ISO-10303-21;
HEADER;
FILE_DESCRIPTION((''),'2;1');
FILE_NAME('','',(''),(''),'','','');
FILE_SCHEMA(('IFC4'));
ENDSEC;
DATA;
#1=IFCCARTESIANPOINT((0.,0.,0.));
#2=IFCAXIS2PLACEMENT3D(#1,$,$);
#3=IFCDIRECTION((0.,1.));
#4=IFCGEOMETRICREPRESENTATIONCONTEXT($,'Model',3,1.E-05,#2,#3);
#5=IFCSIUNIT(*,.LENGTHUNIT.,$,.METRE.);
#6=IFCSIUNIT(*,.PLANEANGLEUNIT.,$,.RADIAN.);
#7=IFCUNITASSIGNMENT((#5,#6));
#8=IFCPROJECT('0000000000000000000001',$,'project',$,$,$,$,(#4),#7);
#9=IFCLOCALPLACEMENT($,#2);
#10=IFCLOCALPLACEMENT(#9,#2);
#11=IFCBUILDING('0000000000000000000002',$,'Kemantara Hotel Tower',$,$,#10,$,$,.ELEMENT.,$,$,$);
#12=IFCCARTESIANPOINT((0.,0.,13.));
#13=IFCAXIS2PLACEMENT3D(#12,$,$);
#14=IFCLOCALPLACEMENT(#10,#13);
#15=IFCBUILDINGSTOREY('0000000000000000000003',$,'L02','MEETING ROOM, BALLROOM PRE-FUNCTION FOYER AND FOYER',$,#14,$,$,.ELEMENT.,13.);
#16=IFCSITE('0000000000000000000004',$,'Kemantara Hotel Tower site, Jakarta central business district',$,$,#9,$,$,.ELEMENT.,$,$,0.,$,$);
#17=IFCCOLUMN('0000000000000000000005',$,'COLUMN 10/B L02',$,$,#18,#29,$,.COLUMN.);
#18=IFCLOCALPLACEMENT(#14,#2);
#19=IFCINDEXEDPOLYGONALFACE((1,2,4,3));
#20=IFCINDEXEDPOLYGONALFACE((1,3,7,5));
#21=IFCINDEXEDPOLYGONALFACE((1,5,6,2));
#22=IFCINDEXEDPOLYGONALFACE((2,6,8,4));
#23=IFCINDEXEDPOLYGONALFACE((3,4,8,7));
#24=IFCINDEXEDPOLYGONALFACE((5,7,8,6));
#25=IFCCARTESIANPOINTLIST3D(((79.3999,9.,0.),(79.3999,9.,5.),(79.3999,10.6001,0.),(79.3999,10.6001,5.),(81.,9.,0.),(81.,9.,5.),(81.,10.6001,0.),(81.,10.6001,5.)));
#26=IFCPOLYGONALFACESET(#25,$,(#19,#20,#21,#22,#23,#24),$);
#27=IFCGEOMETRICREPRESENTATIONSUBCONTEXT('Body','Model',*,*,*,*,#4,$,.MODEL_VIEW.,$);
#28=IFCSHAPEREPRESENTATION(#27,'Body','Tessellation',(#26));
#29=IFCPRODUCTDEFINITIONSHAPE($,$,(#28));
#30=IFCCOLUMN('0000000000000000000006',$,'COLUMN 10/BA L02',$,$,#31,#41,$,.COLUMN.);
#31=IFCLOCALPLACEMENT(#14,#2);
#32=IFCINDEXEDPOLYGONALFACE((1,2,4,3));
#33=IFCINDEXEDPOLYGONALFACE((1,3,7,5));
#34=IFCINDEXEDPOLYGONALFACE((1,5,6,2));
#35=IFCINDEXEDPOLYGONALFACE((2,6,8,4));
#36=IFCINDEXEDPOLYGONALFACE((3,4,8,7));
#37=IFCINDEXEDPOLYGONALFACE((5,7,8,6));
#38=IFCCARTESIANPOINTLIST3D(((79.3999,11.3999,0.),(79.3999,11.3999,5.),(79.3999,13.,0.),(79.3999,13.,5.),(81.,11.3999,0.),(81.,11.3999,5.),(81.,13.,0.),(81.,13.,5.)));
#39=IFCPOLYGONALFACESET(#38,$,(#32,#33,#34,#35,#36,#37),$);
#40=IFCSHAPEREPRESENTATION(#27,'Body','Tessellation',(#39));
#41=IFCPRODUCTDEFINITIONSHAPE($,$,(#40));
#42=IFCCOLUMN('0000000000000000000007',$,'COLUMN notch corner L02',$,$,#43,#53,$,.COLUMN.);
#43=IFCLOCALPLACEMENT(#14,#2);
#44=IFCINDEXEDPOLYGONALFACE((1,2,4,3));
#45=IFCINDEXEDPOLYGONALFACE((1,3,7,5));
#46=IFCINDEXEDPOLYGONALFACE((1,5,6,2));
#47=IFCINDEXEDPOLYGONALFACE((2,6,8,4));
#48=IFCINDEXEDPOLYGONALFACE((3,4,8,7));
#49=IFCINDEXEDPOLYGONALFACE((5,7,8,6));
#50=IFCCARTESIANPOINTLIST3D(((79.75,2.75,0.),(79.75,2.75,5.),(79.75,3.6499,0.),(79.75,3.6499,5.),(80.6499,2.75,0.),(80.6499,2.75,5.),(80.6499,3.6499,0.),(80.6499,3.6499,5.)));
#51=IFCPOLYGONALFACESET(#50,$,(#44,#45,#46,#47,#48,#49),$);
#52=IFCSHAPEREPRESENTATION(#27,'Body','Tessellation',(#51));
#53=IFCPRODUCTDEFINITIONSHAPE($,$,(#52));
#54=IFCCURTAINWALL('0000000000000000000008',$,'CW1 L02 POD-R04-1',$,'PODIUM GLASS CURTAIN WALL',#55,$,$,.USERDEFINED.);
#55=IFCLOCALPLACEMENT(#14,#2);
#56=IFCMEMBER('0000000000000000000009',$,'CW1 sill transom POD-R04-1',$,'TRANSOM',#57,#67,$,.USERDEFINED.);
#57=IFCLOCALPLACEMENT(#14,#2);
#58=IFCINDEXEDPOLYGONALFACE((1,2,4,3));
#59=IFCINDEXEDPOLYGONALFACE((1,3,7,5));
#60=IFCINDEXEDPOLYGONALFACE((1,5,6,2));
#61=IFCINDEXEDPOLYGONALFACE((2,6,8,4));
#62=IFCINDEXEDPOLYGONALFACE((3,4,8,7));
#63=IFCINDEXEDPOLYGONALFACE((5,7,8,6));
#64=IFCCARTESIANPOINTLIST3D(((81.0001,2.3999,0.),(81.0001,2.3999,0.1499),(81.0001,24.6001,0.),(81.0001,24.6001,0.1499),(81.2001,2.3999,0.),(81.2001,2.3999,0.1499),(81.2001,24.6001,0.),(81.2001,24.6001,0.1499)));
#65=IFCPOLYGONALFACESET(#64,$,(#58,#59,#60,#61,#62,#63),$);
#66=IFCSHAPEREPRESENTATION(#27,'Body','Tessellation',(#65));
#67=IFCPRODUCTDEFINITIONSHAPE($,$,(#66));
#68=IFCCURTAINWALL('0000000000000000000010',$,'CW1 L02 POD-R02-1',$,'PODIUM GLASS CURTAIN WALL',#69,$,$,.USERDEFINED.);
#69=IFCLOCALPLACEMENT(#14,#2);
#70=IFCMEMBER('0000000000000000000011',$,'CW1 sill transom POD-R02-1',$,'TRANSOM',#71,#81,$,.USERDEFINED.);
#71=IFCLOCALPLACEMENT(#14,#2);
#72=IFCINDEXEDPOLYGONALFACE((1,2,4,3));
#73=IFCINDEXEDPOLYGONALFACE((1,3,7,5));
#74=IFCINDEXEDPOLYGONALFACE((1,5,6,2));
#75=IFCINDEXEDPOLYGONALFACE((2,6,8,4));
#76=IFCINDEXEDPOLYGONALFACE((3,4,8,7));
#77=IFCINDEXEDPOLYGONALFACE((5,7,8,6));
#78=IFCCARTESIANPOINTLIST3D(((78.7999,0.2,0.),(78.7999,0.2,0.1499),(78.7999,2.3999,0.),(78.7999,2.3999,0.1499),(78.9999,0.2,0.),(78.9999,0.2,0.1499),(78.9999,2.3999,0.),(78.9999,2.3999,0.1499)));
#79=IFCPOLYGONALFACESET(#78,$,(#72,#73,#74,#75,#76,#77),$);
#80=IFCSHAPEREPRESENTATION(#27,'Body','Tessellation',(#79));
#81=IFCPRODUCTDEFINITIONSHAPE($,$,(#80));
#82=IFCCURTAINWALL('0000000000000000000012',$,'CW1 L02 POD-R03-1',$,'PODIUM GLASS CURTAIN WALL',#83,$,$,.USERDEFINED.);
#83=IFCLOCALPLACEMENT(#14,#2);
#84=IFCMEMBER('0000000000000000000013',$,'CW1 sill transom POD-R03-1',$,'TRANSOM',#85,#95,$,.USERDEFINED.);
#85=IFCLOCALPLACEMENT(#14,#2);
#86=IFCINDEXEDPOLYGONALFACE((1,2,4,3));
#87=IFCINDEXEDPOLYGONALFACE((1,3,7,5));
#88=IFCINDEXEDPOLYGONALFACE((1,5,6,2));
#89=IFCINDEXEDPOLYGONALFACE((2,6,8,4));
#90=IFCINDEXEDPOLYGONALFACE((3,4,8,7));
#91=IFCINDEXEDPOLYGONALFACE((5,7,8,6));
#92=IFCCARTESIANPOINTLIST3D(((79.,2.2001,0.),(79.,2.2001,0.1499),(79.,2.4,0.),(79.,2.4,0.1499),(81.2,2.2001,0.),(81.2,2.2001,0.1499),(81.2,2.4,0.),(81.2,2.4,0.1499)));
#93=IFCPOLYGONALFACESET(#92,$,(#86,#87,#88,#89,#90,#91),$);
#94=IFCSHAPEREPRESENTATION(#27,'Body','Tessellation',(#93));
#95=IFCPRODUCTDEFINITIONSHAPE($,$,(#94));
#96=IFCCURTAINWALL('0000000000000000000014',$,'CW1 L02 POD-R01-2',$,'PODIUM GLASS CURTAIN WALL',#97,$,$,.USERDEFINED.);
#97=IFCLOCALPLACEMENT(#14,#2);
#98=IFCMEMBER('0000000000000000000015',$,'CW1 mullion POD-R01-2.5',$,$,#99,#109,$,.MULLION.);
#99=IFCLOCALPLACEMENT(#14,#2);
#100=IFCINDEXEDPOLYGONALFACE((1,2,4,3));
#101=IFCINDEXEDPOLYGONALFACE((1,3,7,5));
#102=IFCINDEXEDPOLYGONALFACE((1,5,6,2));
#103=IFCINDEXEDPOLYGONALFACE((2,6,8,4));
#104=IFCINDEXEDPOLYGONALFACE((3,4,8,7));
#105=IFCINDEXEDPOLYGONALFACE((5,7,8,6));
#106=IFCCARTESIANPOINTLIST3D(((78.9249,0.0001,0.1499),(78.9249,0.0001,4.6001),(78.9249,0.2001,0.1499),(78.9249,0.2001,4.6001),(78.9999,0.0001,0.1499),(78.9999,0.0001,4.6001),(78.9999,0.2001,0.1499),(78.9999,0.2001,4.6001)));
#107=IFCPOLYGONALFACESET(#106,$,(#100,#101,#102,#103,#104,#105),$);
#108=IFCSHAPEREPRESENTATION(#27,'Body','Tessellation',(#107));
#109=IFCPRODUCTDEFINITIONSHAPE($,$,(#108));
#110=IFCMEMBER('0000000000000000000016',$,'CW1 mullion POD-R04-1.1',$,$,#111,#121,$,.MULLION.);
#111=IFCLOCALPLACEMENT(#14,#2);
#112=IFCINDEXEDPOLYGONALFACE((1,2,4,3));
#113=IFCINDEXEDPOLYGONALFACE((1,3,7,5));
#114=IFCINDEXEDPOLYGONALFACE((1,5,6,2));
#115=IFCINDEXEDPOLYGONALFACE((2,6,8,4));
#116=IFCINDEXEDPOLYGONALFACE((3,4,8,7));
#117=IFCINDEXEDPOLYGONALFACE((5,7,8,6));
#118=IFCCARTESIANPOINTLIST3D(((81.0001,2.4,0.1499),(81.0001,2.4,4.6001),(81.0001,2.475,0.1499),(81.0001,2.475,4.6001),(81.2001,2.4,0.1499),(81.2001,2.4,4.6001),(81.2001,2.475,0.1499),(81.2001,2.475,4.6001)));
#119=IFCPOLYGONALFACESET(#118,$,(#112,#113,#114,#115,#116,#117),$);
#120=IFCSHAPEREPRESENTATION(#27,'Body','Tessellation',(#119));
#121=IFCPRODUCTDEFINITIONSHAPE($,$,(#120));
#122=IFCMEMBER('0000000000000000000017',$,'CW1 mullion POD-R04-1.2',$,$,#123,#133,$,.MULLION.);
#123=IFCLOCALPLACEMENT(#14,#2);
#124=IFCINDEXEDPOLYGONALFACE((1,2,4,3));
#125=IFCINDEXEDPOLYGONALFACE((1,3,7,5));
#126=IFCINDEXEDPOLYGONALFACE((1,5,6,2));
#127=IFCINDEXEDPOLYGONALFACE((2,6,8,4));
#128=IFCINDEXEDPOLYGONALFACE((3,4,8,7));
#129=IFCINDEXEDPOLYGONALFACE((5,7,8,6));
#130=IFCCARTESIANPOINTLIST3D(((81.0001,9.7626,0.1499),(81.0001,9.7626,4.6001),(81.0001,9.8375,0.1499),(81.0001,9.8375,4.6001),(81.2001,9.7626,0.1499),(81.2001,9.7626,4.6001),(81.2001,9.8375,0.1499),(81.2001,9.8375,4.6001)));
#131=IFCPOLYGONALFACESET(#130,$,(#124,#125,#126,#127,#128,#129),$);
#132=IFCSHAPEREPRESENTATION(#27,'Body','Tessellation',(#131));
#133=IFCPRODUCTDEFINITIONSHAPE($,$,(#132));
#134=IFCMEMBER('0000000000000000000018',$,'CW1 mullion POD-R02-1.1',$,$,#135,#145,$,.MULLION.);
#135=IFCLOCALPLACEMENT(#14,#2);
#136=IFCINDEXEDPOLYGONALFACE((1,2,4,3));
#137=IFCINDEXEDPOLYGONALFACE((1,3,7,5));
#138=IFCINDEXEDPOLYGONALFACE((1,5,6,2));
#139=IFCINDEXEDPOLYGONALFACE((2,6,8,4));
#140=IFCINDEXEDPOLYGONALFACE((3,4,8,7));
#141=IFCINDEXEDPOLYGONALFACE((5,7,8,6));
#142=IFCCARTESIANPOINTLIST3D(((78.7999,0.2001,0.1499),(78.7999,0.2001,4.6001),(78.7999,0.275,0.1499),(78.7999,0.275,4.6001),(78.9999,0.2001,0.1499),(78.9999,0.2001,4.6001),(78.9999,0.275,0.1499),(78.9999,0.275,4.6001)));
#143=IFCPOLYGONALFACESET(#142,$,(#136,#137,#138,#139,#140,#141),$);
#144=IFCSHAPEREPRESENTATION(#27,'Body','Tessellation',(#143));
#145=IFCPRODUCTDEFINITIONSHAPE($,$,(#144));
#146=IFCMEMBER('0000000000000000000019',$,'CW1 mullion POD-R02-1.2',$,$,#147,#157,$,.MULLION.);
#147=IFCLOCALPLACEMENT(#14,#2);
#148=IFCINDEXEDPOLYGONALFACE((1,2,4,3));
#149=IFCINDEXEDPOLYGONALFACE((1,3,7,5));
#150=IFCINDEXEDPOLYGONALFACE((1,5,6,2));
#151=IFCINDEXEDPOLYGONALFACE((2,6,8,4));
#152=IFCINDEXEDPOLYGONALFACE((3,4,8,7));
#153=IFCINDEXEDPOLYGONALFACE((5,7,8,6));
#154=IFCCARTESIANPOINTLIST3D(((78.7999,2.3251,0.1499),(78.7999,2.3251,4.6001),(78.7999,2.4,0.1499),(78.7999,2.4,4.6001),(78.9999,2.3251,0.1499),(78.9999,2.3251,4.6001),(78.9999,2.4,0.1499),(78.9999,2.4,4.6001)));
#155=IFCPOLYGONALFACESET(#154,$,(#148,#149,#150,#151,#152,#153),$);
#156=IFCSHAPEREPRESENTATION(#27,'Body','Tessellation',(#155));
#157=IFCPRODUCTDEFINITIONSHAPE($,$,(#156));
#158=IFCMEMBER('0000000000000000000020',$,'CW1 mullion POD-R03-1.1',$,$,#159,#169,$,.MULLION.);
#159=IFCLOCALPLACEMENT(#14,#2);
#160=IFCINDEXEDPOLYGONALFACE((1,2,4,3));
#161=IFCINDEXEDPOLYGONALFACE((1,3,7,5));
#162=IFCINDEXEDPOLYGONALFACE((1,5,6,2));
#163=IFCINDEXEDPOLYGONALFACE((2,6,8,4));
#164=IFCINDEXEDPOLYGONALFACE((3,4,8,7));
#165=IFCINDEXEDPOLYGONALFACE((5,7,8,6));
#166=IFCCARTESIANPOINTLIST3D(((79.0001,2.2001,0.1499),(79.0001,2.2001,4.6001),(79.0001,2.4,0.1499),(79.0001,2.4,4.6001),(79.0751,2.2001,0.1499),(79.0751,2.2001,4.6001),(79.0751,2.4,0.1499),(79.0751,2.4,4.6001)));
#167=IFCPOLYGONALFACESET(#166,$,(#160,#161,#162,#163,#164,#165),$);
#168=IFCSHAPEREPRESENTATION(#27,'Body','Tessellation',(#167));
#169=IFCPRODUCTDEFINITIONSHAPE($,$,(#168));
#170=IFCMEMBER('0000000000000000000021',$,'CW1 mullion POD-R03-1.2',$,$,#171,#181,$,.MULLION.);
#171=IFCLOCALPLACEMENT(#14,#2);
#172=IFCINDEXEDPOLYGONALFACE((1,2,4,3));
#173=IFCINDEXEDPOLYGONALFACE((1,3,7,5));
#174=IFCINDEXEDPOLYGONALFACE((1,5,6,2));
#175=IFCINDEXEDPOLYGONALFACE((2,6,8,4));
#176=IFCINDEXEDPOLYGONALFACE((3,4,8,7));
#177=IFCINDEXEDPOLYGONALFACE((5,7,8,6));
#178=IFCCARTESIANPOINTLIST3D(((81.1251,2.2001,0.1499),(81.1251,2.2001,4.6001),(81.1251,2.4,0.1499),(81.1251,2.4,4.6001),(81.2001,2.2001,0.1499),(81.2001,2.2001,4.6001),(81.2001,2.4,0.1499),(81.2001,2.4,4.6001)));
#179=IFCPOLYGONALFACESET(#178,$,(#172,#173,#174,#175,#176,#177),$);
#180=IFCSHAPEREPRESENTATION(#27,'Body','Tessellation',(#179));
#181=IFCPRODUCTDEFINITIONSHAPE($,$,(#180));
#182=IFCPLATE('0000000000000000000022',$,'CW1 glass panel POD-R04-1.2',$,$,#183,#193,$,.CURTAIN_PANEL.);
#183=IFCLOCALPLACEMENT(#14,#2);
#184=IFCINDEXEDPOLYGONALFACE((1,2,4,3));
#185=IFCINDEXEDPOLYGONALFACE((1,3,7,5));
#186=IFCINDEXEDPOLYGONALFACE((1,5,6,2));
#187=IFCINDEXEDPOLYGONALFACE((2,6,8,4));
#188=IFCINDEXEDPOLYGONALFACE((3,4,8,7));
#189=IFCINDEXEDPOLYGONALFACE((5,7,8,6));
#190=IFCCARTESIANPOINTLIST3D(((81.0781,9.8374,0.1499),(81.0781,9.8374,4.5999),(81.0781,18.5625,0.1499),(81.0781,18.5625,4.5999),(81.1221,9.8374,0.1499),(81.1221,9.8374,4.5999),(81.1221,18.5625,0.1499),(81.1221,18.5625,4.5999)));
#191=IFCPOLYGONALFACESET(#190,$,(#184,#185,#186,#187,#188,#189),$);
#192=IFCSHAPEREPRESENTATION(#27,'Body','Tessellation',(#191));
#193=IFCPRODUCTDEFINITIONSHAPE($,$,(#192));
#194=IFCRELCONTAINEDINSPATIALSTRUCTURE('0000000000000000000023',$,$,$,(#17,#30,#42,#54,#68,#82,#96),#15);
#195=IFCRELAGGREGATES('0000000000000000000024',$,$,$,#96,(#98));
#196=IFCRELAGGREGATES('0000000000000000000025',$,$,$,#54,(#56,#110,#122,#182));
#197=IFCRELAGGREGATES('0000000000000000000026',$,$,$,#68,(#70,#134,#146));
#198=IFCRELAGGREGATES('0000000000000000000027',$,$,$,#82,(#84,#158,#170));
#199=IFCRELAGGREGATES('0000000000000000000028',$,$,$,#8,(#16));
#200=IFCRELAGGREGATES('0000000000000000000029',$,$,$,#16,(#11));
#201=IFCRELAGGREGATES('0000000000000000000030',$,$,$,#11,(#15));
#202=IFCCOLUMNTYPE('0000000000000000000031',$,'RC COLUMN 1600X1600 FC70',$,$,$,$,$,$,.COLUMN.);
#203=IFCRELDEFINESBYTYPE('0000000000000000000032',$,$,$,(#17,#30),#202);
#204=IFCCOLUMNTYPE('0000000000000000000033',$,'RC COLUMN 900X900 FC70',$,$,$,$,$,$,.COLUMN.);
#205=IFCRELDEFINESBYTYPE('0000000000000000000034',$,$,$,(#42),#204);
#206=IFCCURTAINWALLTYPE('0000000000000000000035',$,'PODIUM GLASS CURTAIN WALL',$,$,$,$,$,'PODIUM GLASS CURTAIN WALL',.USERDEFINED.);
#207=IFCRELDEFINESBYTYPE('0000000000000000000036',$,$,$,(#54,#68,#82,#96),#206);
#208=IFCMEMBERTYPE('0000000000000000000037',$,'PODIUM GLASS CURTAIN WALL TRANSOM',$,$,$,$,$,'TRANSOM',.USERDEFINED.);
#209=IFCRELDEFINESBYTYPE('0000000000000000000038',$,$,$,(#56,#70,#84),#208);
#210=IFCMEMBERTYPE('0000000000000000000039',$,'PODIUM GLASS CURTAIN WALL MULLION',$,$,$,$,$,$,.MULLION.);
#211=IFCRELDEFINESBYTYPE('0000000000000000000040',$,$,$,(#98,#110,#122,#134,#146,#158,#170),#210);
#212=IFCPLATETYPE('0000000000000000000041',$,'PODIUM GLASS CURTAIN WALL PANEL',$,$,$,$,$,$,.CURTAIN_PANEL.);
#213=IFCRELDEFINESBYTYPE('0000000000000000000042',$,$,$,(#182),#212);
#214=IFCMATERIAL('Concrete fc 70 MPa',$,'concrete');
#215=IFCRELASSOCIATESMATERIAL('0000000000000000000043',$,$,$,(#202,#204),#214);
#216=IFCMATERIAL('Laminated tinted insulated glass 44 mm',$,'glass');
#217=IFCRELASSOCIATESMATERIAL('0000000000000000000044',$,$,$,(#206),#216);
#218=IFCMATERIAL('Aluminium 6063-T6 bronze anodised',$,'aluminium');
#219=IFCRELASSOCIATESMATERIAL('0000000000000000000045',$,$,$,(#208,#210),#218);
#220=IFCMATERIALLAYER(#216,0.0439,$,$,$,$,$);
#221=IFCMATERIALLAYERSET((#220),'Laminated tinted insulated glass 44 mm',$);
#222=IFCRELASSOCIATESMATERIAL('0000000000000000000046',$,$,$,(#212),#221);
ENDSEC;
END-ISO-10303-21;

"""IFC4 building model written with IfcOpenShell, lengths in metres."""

from ifc_helpers import new_model, si_unit, direction, frame, origin, origin_2d, place, context, subcontext, project, spatial, rectangle, extrude, source, transform, mapped, material, layer, layer_set, material_profile, profile_set, type_object, element, aggregate, save


model = new_model("IFC4")

# Units and contexts
model_context = context("Model", 3, precision=1e-05, world=origin(), true_north=direction((0.0, 1.0)))
body_context = subcontext(model_context, "Body", "Model", "MODEL_VIEW")
ifc_project = project(units=[si_unit("LENGTHUNIT", "METRE"), si_unit("PLANEANGLEUNIT", "RADIAN")], contexts=[model_context])

# Site, building, storey
site_placement = place(None, origin())
site = spatial("IfcSite", under=ifc_project, at=site_placement, Name="Kemantara Hotel Tower site, Jakarta central business district", CompositionType="ELEMENT", RefElevation=0.0)
building_placement = place(site_placement, origin())
building = spatial("IfcBuilding", under=site, at=building_placement, Name="Kemantara Hotel Tower", CompositionType="ELEMENT")
storey_placement = place(building_placement, frame((0.0, 0.0, 13.0)))
storey = spatial("IfcBuildingStorey", under=building, at=storey_placement, Name="L02", Description="MEETING ROOM, BALLROOM PRE-FUNCTION FOYER AND FOYER", CompositionType="ELEMENT", Elevation=13.0)

# Columns
ifc_material_1 = material(Name="Concrete fc 70 MPa", Category="concrete")
ifc_material_profile_1 = material_profile(ifc_material_1, rectangle(XDim=1.6001, YDim=1.6001, at=origin_2d()), Name="RC 1600X1600")
ifc_profile_set_1 = profile_set([ifc_material_profile_1], Name="Concrete fc 70 MPa")
column_type_1 = type_object("IfcColumnType", Name="RC COLUMN 1600X1600 FC70", PredefinedType="COLUMN", material=ifc_profile_set_1)
for number, where, z_axis, x_axis, name in (
    (1, (80.2, 9.8, 0.0), (0.0, 0.0, 1.0), (1.0, 0.0, 0.0), "COLUMN 10/B L02"),
    (2, (80.2, 12.2, 0.0), (0.0, 0.0, 1.0), (1.0, 0.0, 0.0), "COLUMN 10/BA L02"),
):
    element("IfcColumn", number, at=place(storey_placement, frame(where, z_axis=z_axis, x_axis=x_axis)), inside=storey, type_object=column_type_1, Name=name, PredefinedType="COLUMN", context=body_context, shape_type="SweptSolid", body=[
        extrude(rectangle(XDim=1.6001, YDim=1.6001, at=origin_2d()), origin(), (0.0, 0.0, 1.0), 5.0),
    ])
ifc_material_profile_2 = material_profile(ifc_material_1, rectangle(XDim=0.8999, YDim=0.8999, at=origin_2d()), Name="RC 900X900")
ifc_profile_set_2 = profile_set([ifc_material_profile_2], Name="Concrete fc 70 MPa")
column_type_2 = type_object("IfcColumnType", Name="RC COLUMN 900X900 FC70", PredefinedType="COLUMN", material=ifc_profile_set_2)
column_placement = place(storey_placement, frame((80.2, 3.2, 0.0), z_axis=(0.0, 0.0, 1.0), x_axis=(1.0, 0.0, 0.0)))
element("IfcColumn", 3, at=column_placement, inside=storey, type_object=column_type_2, Name="COLUMN notch corner L02", PredefinedType="COLUMN", context=body_context, shape_type="SweptSolid", body=[
    extrude(rectangle(XDim=0.8999, YDim=0.8999, at=origin_2d()), origin(), (0.0, 0.0, 1.0), 5.0),
])

# Curtain walls, members
ifc_material_2 = material(Name="Laminated tinted insulated glass 44 mm", Category="glass")
curtain_wall_type = type_object("IfcCurtainWallType", Name="PODIUM GLASS CURTAIN WALL", ElementType="PODIUM GLASS CURTAIN WALL", PredefinedType="USERDEFINED", material=ifc_material_2)
curtain_wall_1_placement = place(storey_placement, origin())
curtain_wall_1 = element("IfcCurtainWall", 4, at=curtain_wall_1_placement, inside=storey, type_object=curtain_wall_type, Name="CW1 L02 POD-R04-1", ObjectType="PODIUM GLASS CURTAIN WALL", PredefinedType="USERDEFINED")
ifc_material_3 = material(Name="Aluminium 6063-T6 bronze anodised", Category="aluminium")
ifc_material_profile_3 = material_profile(ifc_material_3, rectangle(XDim=0.2, YDim=0.1499, at=origin_2d()), Name="PODIUM GLASS CURTAIN WALL TRANSOM")
ifc_profile_set_3 = profile_set([ifc_material_profile_3], Name="Aluminium 6063-T6 bronze anodised")
member_type_1 = type_object("IfcMemberType", Name="PODIUM GLASS CURTAIN WALL TRANSOM", ElementType="TRANSOM", PredefinedType="USERDEFINED", material=ifc_profile_set_3)
member_1_placement = place(storey_placement, frame((81.1001, 2.3999, 0.075), z_axis=(0.0, 1.0, 0.0), x_axis=(-1.0, 0.0, 0.0)))
member_1 = element("IfcMember", 5, at=member_1_placement, type_object=member_type_1, Name="CW1 sill transom POD-R04-1", ObjectType="TRANSOM", PredefinedType="USERDEFINED", context=body_context, shape_type="SweptSolid", body=[
    extrude(rectangle(XDim=0.2, YDim=0.1499, at=origin_2d()), origin(), (0.0, 0.0, 1.0), 22.2002),
])
curtain_wall_2_placement = place(storey_placement, origin())
curtain_wall_2 = element("IfcCurtainWall", 6, at=curtain_wall_2_placement, inside=storey, type_object=curtain_wall_type, Name="CW1 L02 POD-R02-1", ObjectType="PODIUM GLASS CURTAIN WALL", PredefinedType="USERDEFINED")
member_2_placement = place(storey_placement, frame((78.8999, 0.2, 0.075), z_axis=(0.0, 1.0, 0.0), x_axis=(-1.0, 0.0, 0.0)))
member_2 = element("IfcMember", 7, at=member_2_placement, type_object=member_type_1, Name="CW1 sill transom POD-R02-1", ObjectType="TRANSOM", PredefinedType="USERDEFINED", context=body_context, shape_type="SweptSolid", body=[
    extrude(rectangle(XDim=0.2, YDim=0.1499, at=origin_2d()), origin(), (0.0, 0.0, 1.0), 2.2),
])
curtain_wall_3_placement = place(storey_placement, origin())
curtain_wall_3 = element("IfcCurtainWall", 8, at=curtain_wall_3_placement, inside=storey, type_object=curtain_wall_type, Name="CW1 L02 POD-R03-1", ObjectType="PODIUM GLASS CURTAIN WALL", PredefinedType="USERDEFINED")
member_3_placement = place(storey_placement, frame((79.0, 2.3, 0.075), z_axis=(1.0, 0.0, 0.0), x_axis=(0.0, 1.0, 0.0)))
member_3 = element("IfcMember", 9, at=member_3_placement, type_object=member_type_1, Name="CW1 sill transom POD-R03-1", ObjectType="TRANSOM", PredefinedType="USERDEFINED", context=body_context, shape_type="SweptSolid", body=[
    extrude(rectangle(XDim=0.2, YDim=0.1499, at=origin_2d()), origin(), (0.0, 0.0, 1.0), 2.2),
])
curtain_wall_4_placement = place(storey_placement, origin())
curtain_wall_4 = element("IfcCurtainWall", 10, at=curtain_wall_4_placement, inside=storey, type_object=curtain_wall_type, Name="CW1 L02 POD-R01-2", ObjectType="PODIUM GLASS CURTAIN WALL", PredefinedType="USERDEFINED")
ifc_material_profile_4 = material_profile(ifc_material_3, rectangle(XDim=0.2, YDim=0.075, at=origin_2d()), Name="PODIUM GLASS CURTAIN WALL MULLION")
ifc_profile_set_4 = profile_set([ifc_material_profile_4], Name="Aluminium 6063-T6 bronze anodised")
member_type_2 = type_object("IfcMemberType", Name="PODIUM GLASS CURTAIN WALL MULLION", PredefinedType="MULLION", material=ifc_profile_set_4)
shared_shape_1 = source(origin(), body_context, "Body", "SweptSolid", [
    extrude(rectangle(XDim=0.2, YDim=0.075, at=origin_2d()), origin(), (0.0, 0.0, 1.0), 4.4502),
])
member_4_placement = place(storey_placement, frame((78.9624, 0.1001, 0.1499), z_axis=(0.0, 0.0, 1.0), x_axis=(0.0, 1.0, 0.0)))
member_4 = element("IfcMember", 11, at=member_4_placement, type_object=member_type_2, Name="CW1 mullion POD-R01-2.5", PredefinedType="MULLION", context=body_context, shape_type="MappedRepresentation", body=[
    mapped(shared_shape_1, transform((0.0, 0.0, 0.0))),
])

# Members
member_5_placement = place(storey_placement, frame((81.1001, 2.4375, 0.1499), z_axis=(0.0, 0.0, 1.0), x_axis=(-1.0, 0.0, 0.0)))
member_5 = element("IfcMember", 12, at=member_5_placement, type_object=member_type_2, Name="CW1 mullion POD-R04-1.1", PredefinedType="MULLION", context=body_context, shape_type="MappedRepresentation", body=[
    mapped(shared_shape_1, transform((0.0, 0.0, 0.0))),
])
member_6_placement = place(storey_placement, frame((81.1001, 9.8, 0.1499), z_axis=(0.0, 0.0, 1.0), x_axis=(-1.0, 0.0, 0.0)))
member_6 = element("IfcMember", 13, at=member_6_placement, type_object=member_type_2, Name="CW1 mullion POD-R04-1.2", PredefinedType="MULLION", context=body_context, shape_type="MappedRepresentation", body=[
    mapped(shared_shape_1, transform((0.0, 0.0, 0.0))),
])
member_7_placement = place(storey_placement, frame((78.8999, 0.2375, 0.1499), z_axis=(0.0, 0.0, 1.0), x_axis=(-1.0, 0.0, 0.0)))
member_7 = element("IfcMember", 14, at=member_7_placement, type_object=member_type_2, Name="CW1 mullion POD-R02-1.1", PredefinedType="MULLION", context=body_context, shape_type="MappedRepresentation", body=[
    mapped(shared_shape_1, transform((0.0, 0.0, 0.0))),
])
member_8_placement = place(storey_placement, frame((78.8999, 2.3625, 0.1499), z_axis=(0.0, 0.0, 1.0), x_axis=(-1.0, 0.0, 0.0)))
member_8 = element("IfcMember", 15, at=member_8_placement, type_object=member_type_2, Name="CW1 mullion POD-R02-1.2", PredefinedType="MULLION", context=body_context, shape_type="MappedRepresentation", body=[
    mapped(shared_shape_1, transform((0.0, 0.0, 0.0))),
])
member_9_placement = place(storey_placement, frame((79.0376, 2.3, 0.1499), z_axis=(0.0, 0.0, 1.0), x_axis=(0.0, 1.0, 0.0)))
member_9 = element("IfcMember", 16, at=member_9_placement, type_object=member_type_2, Name="CW1 mullion POD-R03-1.1", PredefinedType="MULLION", context=body_context, shape_type="MappedRepresentation", body=[
    mapped(shared_shape_1, transform((0.0, 0.0, 0.0))),
])
member_10_placement = place(storey_placement, frame((81.1626, 2.3, 0.1499), z_axis=(0.0, 0.0, 1.0), x_axis=(0.0, 1.0, 0.0)))
member_10 = element("IfcMember", 17, at=member_10_placement, type_object=member_type_2, Name="CW1 mullion POD-R03-1.2", PredefinedType="MULLION", context=body_context, shape_type="MappedRepresentation", body=[
    mapped(shared_shape_1, transform((0.0, 0.0, 0.0))),
])

# Plate
ifc_layer_1 = layer(ifc_material_2, 0.0439)
ifc_layer_set_1 = layer_set([ifc_layer_1], Name="Laminated tinted insulated glass 44 mm")
plate_type = type_object("IfcPlateType", Name="PODIUM GLASS CURTAIN WALL PANEL", PredefinedType="CURTAIN_PANEL", material=ifc_layer_set_1)
shared_shape_2 = source(origin(), body_context, "Body", "SweptSolid", [
    extrude(rectangle(XDim=8.7251, YDim=0.0439, at=origin_2d()), origin(), (0.0, 0.0, 1.0), 4.45),
])
plate_1_placement = place(storey_placement, frame((81.1001, 14.2, 0.1499), z_axis=(0.0, 0.0, 1.0), x_axis=(0.0, 1.0, 0.0)))
plate_1 = element("IfcPlate", 18, at=plate_1_placement, type_object=plate_type, Name="CW1 glass panel POD-R04-1.2", PredefinedType="CURTAIN_PANEL", context=body_context, shape_type="MappedRepresentation", body=[
    mapped(shared_shape_2, transform((0.0, 0.0, 0.0))),
])
aggregate(curtain_wall_4, [member_4])
aggregate(curtain_wall_1, [member_1, member_5, member_6, plate_1])
aggregate(curtain_wall_2, [member_2, member_7, member_8])
aggregate(curtain_wall_3, [member_3, member_9, member_10])

save(model, "model.ifc")
